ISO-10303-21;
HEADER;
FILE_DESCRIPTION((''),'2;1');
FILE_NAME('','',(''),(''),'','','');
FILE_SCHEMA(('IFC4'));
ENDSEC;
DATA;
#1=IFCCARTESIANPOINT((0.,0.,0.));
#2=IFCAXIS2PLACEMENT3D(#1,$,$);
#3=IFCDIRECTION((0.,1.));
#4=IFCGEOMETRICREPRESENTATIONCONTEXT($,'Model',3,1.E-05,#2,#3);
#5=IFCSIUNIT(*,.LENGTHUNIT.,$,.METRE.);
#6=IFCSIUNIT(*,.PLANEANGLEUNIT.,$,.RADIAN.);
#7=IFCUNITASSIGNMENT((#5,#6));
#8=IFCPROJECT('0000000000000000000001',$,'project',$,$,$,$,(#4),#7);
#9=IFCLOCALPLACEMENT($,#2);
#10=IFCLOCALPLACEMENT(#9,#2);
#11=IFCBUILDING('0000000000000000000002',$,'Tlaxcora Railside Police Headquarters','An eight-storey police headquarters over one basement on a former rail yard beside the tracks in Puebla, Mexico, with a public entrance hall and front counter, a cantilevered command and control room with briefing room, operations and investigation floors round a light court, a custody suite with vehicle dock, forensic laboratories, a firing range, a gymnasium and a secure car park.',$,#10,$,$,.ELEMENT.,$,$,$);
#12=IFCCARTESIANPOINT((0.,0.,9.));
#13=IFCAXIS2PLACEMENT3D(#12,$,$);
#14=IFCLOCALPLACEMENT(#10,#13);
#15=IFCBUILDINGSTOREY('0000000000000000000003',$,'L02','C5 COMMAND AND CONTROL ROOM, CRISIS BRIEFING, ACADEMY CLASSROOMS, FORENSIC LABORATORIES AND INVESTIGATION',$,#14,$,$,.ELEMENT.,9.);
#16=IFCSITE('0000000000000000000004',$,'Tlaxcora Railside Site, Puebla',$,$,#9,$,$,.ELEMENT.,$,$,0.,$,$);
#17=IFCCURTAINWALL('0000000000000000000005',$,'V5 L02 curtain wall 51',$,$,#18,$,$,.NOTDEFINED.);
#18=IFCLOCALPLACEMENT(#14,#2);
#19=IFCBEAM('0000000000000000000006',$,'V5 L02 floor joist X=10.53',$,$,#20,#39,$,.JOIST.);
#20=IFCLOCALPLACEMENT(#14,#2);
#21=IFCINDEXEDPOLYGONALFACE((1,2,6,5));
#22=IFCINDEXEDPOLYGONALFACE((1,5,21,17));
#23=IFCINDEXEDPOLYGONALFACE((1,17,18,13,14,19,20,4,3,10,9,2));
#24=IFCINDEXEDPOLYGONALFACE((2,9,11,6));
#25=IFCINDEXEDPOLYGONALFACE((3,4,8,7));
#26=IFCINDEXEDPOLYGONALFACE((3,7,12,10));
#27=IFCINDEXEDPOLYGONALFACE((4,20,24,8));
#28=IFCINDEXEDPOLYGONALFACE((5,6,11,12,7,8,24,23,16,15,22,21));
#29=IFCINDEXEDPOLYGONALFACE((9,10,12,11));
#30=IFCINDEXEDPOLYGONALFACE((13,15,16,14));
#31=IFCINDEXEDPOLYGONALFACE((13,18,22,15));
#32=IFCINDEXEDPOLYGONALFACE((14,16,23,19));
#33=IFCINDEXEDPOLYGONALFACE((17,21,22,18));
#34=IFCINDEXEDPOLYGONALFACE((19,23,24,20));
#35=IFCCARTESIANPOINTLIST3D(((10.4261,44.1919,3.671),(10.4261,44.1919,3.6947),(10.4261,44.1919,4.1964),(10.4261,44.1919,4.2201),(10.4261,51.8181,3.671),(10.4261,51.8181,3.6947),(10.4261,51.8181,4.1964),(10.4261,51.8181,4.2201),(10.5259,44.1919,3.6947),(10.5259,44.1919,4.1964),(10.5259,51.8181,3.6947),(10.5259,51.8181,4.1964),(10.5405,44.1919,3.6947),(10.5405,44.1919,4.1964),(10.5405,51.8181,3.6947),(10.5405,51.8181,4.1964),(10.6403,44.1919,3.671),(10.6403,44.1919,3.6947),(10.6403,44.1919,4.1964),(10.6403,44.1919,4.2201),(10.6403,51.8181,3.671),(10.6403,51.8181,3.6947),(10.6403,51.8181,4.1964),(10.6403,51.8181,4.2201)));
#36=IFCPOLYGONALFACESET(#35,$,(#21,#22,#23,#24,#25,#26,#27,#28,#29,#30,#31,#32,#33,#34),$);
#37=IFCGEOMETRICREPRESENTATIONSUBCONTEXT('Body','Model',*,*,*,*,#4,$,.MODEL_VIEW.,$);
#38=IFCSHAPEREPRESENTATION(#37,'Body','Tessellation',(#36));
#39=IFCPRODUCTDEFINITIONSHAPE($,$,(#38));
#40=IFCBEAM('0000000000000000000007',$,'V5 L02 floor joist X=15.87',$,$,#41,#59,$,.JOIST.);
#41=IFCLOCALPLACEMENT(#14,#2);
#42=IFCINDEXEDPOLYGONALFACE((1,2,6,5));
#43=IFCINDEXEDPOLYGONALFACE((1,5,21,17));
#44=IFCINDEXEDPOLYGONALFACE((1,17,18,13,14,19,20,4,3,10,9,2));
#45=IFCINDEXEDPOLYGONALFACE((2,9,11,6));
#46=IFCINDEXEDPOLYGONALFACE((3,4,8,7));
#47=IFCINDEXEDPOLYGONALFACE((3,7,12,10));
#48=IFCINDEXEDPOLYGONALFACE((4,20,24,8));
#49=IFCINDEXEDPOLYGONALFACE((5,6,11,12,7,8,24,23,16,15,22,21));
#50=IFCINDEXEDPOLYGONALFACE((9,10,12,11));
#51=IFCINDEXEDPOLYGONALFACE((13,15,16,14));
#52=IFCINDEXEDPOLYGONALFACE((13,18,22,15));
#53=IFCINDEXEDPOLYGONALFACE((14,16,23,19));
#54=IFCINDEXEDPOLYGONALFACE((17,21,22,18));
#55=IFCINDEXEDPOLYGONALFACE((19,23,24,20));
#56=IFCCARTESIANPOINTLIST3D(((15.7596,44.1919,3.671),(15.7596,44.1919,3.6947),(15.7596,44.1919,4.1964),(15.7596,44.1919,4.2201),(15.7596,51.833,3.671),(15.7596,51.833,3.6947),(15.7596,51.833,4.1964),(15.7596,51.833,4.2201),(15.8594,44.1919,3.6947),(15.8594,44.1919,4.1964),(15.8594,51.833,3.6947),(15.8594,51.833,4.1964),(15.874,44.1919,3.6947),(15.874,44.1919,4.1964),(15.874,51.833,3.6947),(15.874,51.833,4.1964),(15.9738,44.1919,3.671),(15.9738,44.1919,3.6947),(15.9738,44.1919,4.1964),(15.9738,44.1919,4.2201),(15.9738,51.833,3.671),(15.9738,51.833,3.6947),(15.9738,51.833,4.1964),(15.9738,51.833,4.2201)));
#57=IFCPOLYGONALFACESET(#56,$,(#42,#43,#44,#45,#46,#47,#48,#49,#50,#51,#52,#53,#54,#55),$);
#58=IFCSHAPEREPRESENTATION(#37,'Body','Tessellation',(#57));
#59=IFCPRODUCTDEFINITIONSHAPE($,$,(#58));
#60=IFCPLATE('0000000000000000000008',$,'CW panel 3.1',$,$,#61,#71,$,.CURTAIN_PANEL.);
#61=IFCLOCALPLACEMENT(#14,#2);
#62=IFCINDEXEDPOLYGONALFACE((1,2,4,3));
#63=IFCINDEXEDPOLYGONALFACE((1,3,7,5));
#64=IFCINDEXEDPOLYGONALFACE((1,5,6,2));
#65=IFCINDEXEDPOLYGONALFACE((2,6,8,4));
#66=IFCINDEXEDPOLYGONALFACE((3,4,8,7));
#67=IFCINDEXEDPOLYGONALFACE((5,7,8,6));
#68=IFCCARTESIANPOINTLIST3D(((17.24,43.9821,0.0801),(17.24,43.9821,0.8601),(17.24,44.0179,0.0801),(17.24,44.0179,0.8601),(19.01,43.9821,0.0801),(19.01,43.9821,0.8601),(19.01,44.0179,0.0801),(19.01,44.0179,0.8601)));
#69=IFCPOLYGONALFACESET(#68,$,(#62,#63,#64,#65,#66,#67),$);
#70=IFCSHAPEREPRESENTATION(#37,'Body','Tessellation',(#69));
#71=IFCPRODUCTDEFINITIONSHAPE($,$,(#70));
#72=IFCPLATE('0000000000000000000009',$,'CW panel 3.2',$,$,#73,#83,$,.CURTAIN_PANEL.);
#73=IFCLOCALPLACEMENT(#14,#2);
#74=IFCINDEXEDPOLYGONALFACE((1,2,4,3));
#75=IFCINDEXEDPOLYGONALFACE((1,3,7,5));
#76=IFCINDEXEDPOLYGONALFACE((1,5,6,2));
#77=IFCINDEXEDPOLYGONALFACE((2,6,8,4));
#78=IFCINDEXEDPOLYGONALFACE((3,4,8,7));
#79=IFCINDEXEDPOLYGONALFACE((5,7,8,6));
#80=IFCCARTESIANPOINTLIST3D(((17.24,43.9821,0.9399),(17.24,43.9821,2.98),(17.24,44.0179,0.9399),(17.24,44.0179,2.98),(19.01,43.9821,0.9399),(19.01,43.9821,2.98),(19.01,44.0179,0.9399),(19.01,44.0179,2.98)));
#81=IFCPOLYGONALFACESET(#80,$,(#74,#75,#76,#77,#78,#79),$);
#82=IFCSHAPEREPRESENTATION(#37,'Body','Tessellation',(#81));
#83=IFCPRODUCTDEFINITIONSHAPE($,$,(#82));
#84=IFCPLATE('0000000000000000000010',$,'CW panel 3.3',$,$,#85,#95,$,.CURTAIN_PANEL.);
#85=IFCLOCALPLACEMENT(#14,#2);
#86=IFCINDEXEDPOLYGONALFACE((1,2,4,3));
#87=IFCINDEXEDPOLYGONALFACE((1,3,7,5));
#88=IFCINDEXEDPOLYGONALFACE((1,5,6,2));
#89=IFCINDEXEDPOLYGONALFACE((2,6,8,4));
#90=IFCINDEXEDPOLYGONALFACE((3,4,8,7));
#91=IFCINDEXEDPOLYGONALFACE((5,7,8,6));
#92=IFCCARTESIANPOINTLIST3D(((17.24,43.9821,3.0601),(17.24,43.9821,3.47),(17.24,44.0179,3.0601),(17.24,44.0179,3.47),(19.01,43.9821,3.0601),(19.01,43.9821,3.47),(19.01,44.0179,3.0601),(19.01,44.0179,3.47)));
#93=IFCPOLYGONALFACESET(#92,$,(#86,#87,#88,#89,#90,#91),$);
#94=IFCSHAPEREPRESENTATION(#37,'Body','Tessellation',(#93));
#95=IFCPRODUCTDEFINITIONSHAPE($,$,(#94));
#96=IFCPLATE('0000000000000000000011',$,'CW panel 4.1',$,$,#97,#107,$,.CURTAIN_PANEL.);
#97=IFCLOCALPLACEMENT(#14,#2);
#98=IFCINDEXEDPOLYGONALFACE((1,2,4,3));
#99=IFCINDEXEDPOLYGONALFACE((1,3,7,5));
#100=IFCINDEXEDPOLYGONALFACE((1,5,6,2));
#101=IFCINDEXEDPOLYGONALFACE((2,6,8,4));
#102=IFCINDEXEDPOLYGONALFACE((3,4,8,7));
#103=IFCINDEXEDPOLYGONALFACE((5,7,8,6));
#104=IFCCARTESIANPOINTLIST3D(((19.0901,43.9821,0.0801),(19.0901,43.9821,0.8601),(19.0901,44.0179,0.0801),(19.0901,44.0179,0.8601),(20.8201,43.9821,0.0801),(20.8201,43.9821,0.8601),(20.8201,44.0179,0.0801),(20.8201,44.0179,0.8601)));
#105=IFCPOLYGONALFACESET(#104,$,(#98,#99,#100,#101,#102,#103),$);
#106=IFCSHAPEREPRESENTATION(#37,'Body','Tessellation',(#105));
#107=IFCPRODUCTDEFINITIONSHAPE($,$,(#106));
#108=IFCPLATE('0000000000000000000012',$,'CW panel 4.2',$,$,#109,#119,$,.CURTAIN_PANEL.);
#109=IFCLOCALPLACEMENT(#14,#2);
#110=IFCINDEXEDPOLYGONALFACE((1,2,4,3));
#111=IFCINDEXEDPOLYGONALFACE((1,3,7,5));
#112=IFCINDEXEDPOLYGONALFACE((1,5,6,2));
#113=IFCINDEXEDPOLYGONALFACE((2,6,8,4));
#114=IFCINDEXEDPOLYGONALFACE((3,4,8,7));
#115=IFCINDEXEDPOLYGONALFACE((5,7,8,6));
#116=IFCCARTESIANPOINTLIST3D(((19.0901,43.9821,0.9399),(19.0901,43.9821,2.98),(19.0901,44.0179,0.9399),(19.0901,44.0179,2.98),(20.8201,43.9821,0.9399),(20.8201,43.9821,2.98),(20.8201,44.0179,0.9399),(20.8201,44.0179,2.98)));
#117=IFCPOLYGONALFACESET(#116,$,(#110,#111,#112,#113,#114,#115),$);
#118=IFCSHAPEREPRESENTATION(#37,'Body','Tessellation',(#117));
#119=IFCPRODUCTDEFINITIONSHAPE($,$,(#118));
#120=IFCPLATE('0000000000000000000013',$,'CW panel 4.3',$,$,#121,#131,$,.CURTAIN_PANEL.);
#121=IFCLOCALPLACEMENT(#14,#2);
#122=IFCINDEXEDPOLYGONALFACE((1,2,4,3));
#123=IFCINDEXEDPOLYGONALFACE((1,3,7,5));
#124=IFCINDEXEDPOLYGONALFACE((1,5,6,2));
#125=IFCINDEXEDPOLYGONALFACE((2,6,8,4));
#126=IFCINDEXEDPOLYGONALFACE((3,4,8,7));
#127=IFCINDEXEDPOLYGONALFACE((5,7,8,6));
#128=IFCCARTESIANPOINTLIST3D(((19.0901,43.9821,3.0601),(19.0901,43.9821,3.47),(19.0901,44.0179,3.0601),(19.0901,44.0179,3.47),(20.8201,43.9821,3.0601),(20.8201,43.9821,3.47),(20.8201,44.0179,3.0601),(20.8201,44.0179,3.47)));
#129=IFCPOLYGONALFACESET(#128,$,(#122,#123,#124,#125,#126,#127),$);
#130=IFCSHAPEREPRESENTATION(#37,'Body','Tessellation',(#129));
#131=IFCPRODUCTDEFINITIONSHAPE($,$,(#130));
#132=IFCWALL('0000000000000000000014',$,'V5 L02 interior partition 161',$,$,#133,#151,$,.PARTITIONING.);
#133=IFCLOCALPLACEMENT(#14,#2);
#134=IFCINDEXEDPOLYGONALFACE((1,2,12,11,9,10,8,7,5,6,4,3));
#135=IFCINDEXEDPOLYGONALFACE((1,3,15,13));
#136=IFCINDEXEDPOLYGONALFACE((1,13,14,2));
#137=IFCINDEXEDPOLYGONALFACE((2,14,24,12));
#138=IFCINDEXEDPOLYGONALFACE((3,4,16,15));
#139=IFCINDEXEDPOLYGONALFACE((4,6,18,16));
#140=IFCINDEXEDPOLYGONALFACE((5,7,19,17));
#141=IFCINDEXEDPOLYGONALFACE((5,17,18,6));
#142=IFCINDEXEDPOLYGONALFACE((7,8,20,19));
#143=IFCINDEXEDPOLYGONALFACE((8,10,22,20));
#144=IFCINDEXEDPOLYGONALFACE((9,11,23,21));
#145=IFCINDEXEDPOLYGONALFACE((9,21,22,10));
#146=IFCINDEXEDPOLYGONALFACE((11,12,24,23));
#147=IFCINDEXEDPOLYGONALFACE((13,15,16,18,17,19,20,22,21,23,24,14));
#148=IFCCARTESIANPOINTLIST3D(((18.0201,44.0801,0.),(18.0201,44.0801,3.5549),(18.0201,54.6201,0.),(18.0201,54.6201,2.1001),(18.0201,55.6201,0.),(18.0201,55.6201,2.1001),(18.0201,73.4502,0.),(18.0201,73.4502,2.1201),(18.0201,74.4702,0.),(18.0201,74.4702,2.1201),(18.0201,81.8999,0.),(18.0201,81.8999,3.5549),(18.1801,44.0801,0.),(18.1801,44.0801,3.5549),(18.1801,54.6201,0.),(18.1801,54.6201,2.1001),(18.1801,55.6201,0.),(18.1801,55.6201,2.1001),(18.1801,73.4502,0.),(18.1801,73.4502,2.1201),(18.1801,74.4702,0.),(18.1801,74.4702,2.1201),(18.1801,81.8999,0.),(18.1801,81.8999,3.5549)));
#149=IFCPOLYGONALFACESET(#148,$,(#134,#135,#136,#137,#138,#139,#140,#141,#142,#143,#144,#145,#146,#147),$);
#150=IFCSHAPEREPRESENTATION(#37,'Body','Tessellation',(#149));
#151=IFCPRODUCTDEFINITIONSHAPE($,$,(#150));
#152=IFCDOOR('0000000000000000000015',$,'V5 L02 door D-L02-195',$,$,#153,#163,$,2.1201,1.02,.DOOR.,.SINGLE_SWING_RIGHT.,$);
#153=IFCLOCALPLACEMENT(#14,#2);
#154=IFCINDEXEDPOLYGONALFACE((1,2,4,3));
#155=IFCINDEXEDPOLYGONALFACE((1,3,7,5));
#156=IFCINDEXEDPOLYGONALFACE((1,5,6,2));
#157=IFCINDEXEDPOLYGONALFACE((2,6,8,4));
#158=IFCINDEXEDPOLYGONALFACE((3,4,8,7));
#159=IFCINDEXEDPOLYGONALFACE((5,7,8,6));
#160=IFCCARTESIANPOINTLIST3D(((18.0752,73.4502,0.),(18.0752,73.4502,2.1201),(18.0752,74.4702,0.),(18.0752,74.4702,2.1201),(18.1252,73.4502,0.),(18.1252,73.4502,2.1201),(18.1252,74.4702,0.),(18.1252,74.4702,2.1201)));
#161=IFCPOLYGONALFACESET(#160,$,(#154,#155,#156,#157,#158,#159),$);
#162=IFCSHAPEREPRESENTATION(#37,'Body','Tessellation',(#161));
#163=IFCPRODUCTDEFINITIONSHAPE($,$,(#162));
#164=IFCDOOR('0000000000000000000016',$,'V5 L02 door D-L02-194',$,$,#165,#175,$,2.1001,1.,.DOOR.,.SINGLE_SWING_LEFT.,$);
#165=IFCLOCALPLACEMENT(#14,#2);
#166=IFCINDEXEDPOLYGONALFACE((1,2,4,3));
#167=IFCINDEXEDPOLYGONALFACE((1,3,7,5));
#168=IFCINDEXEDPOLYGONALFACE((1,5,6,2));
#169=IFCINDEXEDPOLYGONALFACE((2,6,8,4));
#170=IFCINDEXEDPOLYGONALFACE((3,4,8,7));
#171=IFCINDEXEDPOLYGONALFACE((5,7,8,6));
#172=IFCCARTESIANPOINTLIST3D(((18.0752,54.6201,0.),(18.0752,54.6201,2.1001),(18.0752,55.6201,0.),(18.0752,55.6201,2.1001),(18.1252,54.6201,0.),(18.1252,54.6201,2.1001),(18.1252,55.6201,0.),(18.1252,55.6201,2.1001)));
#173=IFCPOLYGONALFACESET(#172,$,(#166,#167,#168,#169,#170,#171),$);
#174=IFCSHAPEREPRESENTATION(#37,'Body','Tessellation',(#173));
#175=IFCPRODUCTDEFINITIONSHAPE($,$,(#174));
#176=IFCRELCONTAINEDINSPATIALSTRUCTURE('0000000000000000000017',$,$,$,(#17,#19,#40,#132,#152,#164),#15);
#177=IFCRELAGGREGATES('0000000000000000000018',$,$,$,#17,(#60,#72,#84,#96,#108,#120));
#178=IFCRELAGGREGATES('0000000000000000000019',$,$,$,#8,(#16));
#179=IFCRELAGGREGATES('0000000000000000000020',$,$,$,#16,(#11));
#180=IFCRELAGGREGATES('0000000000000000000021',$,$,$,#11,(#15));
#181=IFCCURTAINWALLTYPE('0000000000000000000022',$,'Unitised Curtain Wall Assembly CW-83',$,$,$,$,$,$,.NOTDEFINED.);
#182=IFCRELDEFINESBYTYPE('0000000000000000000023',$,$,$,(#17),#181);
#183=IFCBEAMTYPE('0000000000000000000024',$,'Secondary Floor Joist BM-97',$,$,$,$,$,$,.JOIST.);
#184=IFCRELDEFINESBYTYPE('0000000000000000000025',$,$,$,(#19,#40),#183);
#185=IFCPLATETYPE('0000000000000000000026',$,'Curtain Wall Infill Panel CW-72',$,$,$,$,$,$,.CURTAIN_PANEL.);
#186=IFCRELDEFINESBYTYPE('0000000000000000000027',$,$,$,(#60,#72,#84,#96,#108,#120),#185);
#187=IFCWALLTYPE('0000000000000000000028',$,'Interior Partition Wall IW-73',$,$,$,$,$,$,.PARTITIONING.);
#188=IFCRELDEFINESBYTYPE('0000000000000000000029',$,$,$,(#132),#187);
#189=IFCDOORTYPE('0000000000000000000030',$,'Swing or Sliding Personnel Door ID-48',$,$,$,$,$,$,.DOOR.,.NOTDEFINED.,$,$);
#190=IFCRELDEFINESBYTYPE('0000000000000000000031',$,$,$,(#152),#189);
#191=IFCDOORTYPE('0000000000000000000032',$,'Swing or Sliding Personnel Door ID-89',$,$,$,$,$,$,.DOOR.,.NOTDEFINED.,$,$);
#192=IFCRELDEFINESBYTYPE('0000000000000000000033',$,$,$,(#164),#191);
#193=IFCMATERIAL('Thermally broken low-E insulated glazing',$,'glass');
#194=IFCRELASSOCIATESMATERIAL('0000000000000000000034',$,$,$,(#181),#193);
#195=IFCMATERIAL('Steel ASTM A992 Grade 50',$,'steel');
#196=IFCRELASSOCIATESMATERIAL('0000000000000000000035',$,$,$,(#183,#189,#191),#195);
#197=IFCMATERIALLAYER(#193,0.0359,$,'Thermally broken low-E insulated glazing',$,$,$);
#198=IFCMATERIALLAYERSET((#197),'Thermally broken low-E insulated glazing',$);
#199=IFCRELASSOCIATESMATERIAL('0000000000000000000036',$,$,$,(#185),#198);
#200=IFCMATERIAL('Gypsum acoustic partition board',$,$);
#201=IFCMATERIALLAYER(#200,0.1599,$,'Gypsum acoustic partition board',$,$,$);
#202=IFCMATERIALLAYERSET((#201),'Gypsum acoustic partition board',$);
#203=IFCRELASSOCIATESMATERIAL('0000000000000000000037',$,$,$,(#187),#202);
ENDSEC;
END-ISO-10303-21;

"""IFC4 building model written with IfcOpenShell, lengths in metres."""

from ifc_helpers import new_model, si_unit, direction, frame, frame_2d, origin, origin_2d, place, context, subcontext, project, spatial, rectangle, i_section, extrude, material, layer, layer_set, material_profile, profile_set, type_object, element, fill, aggregate, save


model = new_model("IFC4")

# Units and contexts
model_context = context("Model", 3, precision=1e-05, world=origin(), true_north=direction((0.0, 1.0)))
body_context = subcontext(model_context, "Body", "Model", "MODEL_VIEW")
ifc_project = project(units=[si_unit("LENGTHUNIT", "METRE"), si_unit("PLANEANGLEUNIT", "RADIAN")], contexts=[model_context])

# Site, building, storey
site_placement = place(None, origin())
site = spatial("IfcSite", under=ifc_project, at=site_placement, Name="Tlaxcora Railside Site, Puebla", CompositionType="ELEMENT", RefElevation=0.0)
building_placement = place(site_placement, origin())
building = spatial("IfcBuilding", under=site, at=building_placement, Name="Tlaxcora Railside Police Headquarters", Description="An eight-storey police headquarters over one basement on a former rail yard beside the tracks in Puebla, Mexico, with a public entrance hall and front counter, a cantilevered command and control room with briefing room, operations and investigation floors round a light court, a custody suite with vehicle dock, forensic laboratories, a firing range, a gymnasium and a secure car park.", CompositionType="ELEMENT")
storey_placement = place(building_placement, frame((0.0, 0.0, 9.0)))
storey = spatial("IfcBuildingStorey", under=building, at=storey_placement, Name="L02", Description="C5 COMMAND AND CONTROL ROOM, CRISIS BRIEFING, ACADEMY CLASSROOMS, FORENSIC LABORATORIES AND INVESTIGATION", CompositionType="ELEMENT", Elevation=9.0)

# Curtain wall
ifc_material_1 = material(Name="Thermally broken low-E insulated glazing", Category="glass")
curtain_wall_type = type_object("IfcCurtainWallType", Name="Unitised Curtain Wall Assembly CW-83", PredefinedType="NOTDEFINED", material=ifc_material_1)
curtain_wall_placement = place(storey_placement, origin())
curtain_wall = element("IfcCurtainWall", 1, at=curtain_wall_placement, inside=storey, type_object=curtain_wall_type, Name="V5 L02 curtain wall 51", PredefinedType="NOTDEFINED")

# Beams
ifc_material_2 = material(Name="Steel ASTM A992 Grade 50", Category="steel")
ifc_material_profile_1 = material_profile(ifc_material_2, i_section(OverallWidth=0.2141, OverallDepth=0.5491, WebThickness=0.0146, FlangeThickness=0.0237, at=origin_2d()), Name="W21X93")
ifc_profile_set_1 = profile_set([ifc_material_profile_1], Name="Steel ASTM A992 Grade 50")
beam_type_1 = type_object("IfcBeamType", Name="Secondary Floor Joist BM-97", PredefinedType="JOIST", material=ifc_profile_set_1)
beam_1_placement = place(storey_placement, frame((10.5332, 44.1919, 3.9456), z_axis=(0.0, 1.0, 0.0), x_axis=(-1.0, 0.0, 0.0)))
element("IfcBeam", 2, at=beam_1_placement, inside=storey, type_object=beam_type_1, Name="V5 L02 floor joist X=10.53", PredefinedType="JOIST", context=body_context, shape_type="SweptSolid", body=[
    extrude(i_section(OverallWidth=0.2141, OverallDepth=0.5491, WebThickness=0.0146, FlangeThickness=0.0237, at=origin_2d()), origin(), (0.0, 0.0, 1.0), 7.6262),
])
beam_2_placement = place(storey_placement, frame((15.8667, 44.1919, 3.9456), z_axis=(0.0, 1.0, 0.0), x_axis=(-1.0, 0.0, 0.0)))
element("IfcBeam", 3, at=beam_2_placement, inside=storey, type_object=beam_type_1, Name="V5 L02 floor joist X=15.87", PredefinedType="JOIST", context=body_context, shape_type="SweptSolid", body=[
    extrude(i_section(OverallWidth=0.2141, OverallDepth=0.5491, WebThickness=0.0146, FlangeThickness=0.0237, at=origin_2d()), origin(), (0.0, 0.0, 1.0), 7.6411),
])

# Plates
ifc_layer_1 = layer(ifc_material_1, 0.0359, Name="Thermally broken low-E insulated glazing")
ifc_layer_set_1 = layer_set([ifc_layer_1], Name="Thermally broken low-E insulated glazing")
plate_type = type_object("IfcPlateType", Name="Curtain Wall Infill Panel CW-72", PredefinedType="CURTAIN_PANEL", material=ifc_layer_set_1)
plate_1_placement = place(storey_placement, frame((18.125, 44.0, 0.0801), z_axis=(0.0, 0.0, 1.0), x_axis=(1.0, 0.0, 0.0)))
plate_1 = element("IfcPlate", 4, at=plate_1_placement, type_object=plate_type, Name="CW panel 3.1", PredefinedType="CURTAIN_PANEL", context=body_context, shape_type="SweptSolid", body=[
    extrude(rectangle(XDim=1.77, YDim=0.0359, at=origin_2d()), origin(), (0.0, 0.0, 1.0), 0.78),
])
plate_2_placement = place(storey_placement, frame((18.125, 44.0, 0.9399), z_axis=(0.0, 0.0, 1.0), x_axis=(1.0, 0.0, 0.0)))
plate_2 = element("IfcPlate", 5, at=plate_2_placement, type_object=plate_type, Name="CW panel 3.2", PredefinedType="CURTAIN_PANEL", context=body_context, shape_type="SweptSolid", body=[
    extrude(rectangle(XDim=1.77, YDim=0.0359, at=origin_2d()), origin(), (0.0, 0.0, 1.0), 2.04),
])
plate_3_placement = place(storey_placement, frame((18.125, 44.0, 3.0601), z_axis=(0.0, 0.0, 1.0), x_axis=(1.0, 0.0, 0.0)))
plate_3 = element("IfcPlate", 6, at=plate_3_placement, type_object=plate_type, Name="CW panel 3.3", PredefinedType="CURTAIN_PANEL", context=body_context, shape_type="SweptSolid", body=[
    extrude(rectangle(XDim=1.77, YDim=0.0359, at=origin_2d()), origin(), (0.0, 0.0, 1.0), 0.4099),
])
plate_4_placement = place(storey_placement, frame((19.9551, 44.0, 0.0801), z_axis=(0.0, 0.0, 1.0), x_axis=(1.0, 0.0, 0.0)))
plate_4 = element("IfcPlate", 7, at=plate_4_placement, type_object=plate_type, Name="CW panel 4.1", PredefinedType="CURTAIN_PANEL", context=body_context, shape_type="SweptSolid", body=[
    extrude(rectangle(XDim=1.73, YDim=0.0359, at=origin_2d()), origin(), (0.0, 0.0, 1.0), 0.78),
])
plate_5_placement = place(storey_placement, frame((19.9551, 44.0, 0.9399), z_axis=(0.0, 0.0, 1.0), x_axis=(1.0, 0.0, 0.0)))
plate_5 = element("IfcPlate", 8, at=plate_5_placement, type_object=plate_type, Name="CW panel 4.2", PredefinedType="CURTAIN_PANEL", context=body_context, shape_type="SweptSolid", body=[
    extrude(rectangle(XDim=1.73, YDim=0.0359, at=origin_2d()), origin(), (0.0, 0.0, 1.0), 2.04),
])
plate_6_placement = place(storey_placement, frame((19.9551, 44.0, 3.0601), z_axis=(0.0, 0.0, 1.0), x_axis=(1.0, 0.0, 0.0)))
plate_6 = element("IfcPlate", 9, at=plate_6_placement, type_object=plate_type, Name="CW panel 4.3", PredefinedType="CURTAIN_PANEL", context=body_context, shape_type="SweptSolid", body=[
    extrude(rectangle(XDim=1.73, YDim=0.0359, at=origin_2d()), origin(), (0.0, 0.0, 1.0), 0.4099),
])
aggregate(curtain_wall, [plate_1, plate_2, plate_3, plate_4, plate_5, plate_6])

# Wall, openings, doors
ifc_material_3 = material(Name="Gypsum acoustic partition board")
ifc_layer_2 = layer(ifc_material_3, 0.1599, Name="Gypsum acoustic partition board")
ifc_layer_set_2 = layer_set([ifc_layer_2], Name="Gypsum acoustic partition board")
wall_type = type_object("IfcWallType", Name="Interior Partition Wall IW-73", PredefinedType="PARTITIONING", material=ifc_layer_set_2)
wall_1_placement = place(storey_placement, frame((18.1001, 44.0801, 0.0), z_axis=(0.0, 0.0, 1.0), x_axis=(0.0, 1.0, 0.0)))
wall_1 = element("IfcWall", 10, at=wall_1_placement, inside=storey, type_object=wall_type, Name="V5 L02 interior partition 161", PredefinedType="PARTITIONING", context=body_context, shape_type="SweptSolid", body=[
    extrude(rectangle(XDim=37.8198, YDim=0.1599, at=frame_2d((18.9099, 0.0))), origin(), (0.0, 0.0, 1.0), 3.5549),
])
opening_1_placement = place(wall_1_placement, frame((10.54, 0.0, 0.0)))
opening_1 = element("IfcOpeningElement", 11, at=opening_1_placement, cuts=wall_1, PredefinedType="OPENING", context=body_context, shape_type="SweptSolid", body=[
    extrude(rectangle(XDim=1.0, YDim=2.1001, at=frame_2d((0.5, 1.05))), frame((0.0, 0.0898, 0.0), z_axis=(0.0, -1.0, 0.0), x_axis=(1.0, 0.0, 0.0)), (0.0, 0.0, 1.0), 0.1799),
])
opening_2_placement = place(wall_1_placement, frame((29.3701, 0.0, 0.0)))
opening_2 = element("IfcOpeningElement", 12, at=opening_2_placement, cuts=wall_1, PredefinedType="OPENING", context=body_context, shape_type="SweptSolid", body=[
    extrude(rectangle(XDim=1.02, YDim=2.1201, at=frame_2d((0.51, 1.0601))), frame((0.0, 0.0898, 0.0), z_axis=(0.0, -1.0, 0.0), x_axis=(1.0, 0.0, 0.0)), (0.0, 0.0, 1.0), 0.1799),
])
door_type_1 = type_object("IfcDoorType", Name="Swing or Sliding Personnel Door ID-48", OperationType="NOTDEFINED", PredefinedType="DOOR", material=ifc_material_2)
door_1_placement = place(opening_2_placement, origin())
door_1 = element("IfcDoor", 13, at=door_1_placement, inside=storey, type_object=door_type_1, Name="V5 L02 door D-L02-195", OperationType="SINGLE_SWING_RIGHT", OverallHeight=2.1201, OverallWidth=1.02, PredefinedType="DOOR", context=body_context, shape_type="SweptSolid", body=[
    extrude(rectangle(XDim=1.02, YDim=2.1201, at=frame_2d((0.51, 1.0601))), frame((0.0, 0.0249, 0.0), z_axis=(0.0, -1.0, 0.0), x_axis=(1.0, 0.0, 0.0)), (0.0, 0.0, 1.0), 0.05),
])
fill(opening_2, door_1)
door_type_2 = type_object("IfcDoorType", Name="Swing or Sliding Personnel Door ID-89", OperationType="NOTDEFINED", PredefinedType="DOOR", material=ifc_material_2)
door_2_placement = place(opening_1_placement, origin())
door_2 = element("IfcDoor", 14, at=door_2_placement, inside=storey, type_object=door_type_2, Name="V5 L02 door D-L02-194", OperationType="SINGLE_SWING_LEFT", OverallHeight=2.1001, OverallWidth=1.0, PredefinedType="DOOR", context=body_context, shape_type="SweptSolid", body=[
    extrude(rectangle(XDim=1.0, YDim=2.1001, at=frame_2d((0.5, 1.05))), frame((0.0, 0.0249, 0.0), z_axis=(0.0, -1.0, 0.0), x_axis=(1.0, 0.0, 0.0)), (0.0, 0.0, 1.0), 0.05),
])
fill(opening_1, door_2)

save(model, "model.ifc")
